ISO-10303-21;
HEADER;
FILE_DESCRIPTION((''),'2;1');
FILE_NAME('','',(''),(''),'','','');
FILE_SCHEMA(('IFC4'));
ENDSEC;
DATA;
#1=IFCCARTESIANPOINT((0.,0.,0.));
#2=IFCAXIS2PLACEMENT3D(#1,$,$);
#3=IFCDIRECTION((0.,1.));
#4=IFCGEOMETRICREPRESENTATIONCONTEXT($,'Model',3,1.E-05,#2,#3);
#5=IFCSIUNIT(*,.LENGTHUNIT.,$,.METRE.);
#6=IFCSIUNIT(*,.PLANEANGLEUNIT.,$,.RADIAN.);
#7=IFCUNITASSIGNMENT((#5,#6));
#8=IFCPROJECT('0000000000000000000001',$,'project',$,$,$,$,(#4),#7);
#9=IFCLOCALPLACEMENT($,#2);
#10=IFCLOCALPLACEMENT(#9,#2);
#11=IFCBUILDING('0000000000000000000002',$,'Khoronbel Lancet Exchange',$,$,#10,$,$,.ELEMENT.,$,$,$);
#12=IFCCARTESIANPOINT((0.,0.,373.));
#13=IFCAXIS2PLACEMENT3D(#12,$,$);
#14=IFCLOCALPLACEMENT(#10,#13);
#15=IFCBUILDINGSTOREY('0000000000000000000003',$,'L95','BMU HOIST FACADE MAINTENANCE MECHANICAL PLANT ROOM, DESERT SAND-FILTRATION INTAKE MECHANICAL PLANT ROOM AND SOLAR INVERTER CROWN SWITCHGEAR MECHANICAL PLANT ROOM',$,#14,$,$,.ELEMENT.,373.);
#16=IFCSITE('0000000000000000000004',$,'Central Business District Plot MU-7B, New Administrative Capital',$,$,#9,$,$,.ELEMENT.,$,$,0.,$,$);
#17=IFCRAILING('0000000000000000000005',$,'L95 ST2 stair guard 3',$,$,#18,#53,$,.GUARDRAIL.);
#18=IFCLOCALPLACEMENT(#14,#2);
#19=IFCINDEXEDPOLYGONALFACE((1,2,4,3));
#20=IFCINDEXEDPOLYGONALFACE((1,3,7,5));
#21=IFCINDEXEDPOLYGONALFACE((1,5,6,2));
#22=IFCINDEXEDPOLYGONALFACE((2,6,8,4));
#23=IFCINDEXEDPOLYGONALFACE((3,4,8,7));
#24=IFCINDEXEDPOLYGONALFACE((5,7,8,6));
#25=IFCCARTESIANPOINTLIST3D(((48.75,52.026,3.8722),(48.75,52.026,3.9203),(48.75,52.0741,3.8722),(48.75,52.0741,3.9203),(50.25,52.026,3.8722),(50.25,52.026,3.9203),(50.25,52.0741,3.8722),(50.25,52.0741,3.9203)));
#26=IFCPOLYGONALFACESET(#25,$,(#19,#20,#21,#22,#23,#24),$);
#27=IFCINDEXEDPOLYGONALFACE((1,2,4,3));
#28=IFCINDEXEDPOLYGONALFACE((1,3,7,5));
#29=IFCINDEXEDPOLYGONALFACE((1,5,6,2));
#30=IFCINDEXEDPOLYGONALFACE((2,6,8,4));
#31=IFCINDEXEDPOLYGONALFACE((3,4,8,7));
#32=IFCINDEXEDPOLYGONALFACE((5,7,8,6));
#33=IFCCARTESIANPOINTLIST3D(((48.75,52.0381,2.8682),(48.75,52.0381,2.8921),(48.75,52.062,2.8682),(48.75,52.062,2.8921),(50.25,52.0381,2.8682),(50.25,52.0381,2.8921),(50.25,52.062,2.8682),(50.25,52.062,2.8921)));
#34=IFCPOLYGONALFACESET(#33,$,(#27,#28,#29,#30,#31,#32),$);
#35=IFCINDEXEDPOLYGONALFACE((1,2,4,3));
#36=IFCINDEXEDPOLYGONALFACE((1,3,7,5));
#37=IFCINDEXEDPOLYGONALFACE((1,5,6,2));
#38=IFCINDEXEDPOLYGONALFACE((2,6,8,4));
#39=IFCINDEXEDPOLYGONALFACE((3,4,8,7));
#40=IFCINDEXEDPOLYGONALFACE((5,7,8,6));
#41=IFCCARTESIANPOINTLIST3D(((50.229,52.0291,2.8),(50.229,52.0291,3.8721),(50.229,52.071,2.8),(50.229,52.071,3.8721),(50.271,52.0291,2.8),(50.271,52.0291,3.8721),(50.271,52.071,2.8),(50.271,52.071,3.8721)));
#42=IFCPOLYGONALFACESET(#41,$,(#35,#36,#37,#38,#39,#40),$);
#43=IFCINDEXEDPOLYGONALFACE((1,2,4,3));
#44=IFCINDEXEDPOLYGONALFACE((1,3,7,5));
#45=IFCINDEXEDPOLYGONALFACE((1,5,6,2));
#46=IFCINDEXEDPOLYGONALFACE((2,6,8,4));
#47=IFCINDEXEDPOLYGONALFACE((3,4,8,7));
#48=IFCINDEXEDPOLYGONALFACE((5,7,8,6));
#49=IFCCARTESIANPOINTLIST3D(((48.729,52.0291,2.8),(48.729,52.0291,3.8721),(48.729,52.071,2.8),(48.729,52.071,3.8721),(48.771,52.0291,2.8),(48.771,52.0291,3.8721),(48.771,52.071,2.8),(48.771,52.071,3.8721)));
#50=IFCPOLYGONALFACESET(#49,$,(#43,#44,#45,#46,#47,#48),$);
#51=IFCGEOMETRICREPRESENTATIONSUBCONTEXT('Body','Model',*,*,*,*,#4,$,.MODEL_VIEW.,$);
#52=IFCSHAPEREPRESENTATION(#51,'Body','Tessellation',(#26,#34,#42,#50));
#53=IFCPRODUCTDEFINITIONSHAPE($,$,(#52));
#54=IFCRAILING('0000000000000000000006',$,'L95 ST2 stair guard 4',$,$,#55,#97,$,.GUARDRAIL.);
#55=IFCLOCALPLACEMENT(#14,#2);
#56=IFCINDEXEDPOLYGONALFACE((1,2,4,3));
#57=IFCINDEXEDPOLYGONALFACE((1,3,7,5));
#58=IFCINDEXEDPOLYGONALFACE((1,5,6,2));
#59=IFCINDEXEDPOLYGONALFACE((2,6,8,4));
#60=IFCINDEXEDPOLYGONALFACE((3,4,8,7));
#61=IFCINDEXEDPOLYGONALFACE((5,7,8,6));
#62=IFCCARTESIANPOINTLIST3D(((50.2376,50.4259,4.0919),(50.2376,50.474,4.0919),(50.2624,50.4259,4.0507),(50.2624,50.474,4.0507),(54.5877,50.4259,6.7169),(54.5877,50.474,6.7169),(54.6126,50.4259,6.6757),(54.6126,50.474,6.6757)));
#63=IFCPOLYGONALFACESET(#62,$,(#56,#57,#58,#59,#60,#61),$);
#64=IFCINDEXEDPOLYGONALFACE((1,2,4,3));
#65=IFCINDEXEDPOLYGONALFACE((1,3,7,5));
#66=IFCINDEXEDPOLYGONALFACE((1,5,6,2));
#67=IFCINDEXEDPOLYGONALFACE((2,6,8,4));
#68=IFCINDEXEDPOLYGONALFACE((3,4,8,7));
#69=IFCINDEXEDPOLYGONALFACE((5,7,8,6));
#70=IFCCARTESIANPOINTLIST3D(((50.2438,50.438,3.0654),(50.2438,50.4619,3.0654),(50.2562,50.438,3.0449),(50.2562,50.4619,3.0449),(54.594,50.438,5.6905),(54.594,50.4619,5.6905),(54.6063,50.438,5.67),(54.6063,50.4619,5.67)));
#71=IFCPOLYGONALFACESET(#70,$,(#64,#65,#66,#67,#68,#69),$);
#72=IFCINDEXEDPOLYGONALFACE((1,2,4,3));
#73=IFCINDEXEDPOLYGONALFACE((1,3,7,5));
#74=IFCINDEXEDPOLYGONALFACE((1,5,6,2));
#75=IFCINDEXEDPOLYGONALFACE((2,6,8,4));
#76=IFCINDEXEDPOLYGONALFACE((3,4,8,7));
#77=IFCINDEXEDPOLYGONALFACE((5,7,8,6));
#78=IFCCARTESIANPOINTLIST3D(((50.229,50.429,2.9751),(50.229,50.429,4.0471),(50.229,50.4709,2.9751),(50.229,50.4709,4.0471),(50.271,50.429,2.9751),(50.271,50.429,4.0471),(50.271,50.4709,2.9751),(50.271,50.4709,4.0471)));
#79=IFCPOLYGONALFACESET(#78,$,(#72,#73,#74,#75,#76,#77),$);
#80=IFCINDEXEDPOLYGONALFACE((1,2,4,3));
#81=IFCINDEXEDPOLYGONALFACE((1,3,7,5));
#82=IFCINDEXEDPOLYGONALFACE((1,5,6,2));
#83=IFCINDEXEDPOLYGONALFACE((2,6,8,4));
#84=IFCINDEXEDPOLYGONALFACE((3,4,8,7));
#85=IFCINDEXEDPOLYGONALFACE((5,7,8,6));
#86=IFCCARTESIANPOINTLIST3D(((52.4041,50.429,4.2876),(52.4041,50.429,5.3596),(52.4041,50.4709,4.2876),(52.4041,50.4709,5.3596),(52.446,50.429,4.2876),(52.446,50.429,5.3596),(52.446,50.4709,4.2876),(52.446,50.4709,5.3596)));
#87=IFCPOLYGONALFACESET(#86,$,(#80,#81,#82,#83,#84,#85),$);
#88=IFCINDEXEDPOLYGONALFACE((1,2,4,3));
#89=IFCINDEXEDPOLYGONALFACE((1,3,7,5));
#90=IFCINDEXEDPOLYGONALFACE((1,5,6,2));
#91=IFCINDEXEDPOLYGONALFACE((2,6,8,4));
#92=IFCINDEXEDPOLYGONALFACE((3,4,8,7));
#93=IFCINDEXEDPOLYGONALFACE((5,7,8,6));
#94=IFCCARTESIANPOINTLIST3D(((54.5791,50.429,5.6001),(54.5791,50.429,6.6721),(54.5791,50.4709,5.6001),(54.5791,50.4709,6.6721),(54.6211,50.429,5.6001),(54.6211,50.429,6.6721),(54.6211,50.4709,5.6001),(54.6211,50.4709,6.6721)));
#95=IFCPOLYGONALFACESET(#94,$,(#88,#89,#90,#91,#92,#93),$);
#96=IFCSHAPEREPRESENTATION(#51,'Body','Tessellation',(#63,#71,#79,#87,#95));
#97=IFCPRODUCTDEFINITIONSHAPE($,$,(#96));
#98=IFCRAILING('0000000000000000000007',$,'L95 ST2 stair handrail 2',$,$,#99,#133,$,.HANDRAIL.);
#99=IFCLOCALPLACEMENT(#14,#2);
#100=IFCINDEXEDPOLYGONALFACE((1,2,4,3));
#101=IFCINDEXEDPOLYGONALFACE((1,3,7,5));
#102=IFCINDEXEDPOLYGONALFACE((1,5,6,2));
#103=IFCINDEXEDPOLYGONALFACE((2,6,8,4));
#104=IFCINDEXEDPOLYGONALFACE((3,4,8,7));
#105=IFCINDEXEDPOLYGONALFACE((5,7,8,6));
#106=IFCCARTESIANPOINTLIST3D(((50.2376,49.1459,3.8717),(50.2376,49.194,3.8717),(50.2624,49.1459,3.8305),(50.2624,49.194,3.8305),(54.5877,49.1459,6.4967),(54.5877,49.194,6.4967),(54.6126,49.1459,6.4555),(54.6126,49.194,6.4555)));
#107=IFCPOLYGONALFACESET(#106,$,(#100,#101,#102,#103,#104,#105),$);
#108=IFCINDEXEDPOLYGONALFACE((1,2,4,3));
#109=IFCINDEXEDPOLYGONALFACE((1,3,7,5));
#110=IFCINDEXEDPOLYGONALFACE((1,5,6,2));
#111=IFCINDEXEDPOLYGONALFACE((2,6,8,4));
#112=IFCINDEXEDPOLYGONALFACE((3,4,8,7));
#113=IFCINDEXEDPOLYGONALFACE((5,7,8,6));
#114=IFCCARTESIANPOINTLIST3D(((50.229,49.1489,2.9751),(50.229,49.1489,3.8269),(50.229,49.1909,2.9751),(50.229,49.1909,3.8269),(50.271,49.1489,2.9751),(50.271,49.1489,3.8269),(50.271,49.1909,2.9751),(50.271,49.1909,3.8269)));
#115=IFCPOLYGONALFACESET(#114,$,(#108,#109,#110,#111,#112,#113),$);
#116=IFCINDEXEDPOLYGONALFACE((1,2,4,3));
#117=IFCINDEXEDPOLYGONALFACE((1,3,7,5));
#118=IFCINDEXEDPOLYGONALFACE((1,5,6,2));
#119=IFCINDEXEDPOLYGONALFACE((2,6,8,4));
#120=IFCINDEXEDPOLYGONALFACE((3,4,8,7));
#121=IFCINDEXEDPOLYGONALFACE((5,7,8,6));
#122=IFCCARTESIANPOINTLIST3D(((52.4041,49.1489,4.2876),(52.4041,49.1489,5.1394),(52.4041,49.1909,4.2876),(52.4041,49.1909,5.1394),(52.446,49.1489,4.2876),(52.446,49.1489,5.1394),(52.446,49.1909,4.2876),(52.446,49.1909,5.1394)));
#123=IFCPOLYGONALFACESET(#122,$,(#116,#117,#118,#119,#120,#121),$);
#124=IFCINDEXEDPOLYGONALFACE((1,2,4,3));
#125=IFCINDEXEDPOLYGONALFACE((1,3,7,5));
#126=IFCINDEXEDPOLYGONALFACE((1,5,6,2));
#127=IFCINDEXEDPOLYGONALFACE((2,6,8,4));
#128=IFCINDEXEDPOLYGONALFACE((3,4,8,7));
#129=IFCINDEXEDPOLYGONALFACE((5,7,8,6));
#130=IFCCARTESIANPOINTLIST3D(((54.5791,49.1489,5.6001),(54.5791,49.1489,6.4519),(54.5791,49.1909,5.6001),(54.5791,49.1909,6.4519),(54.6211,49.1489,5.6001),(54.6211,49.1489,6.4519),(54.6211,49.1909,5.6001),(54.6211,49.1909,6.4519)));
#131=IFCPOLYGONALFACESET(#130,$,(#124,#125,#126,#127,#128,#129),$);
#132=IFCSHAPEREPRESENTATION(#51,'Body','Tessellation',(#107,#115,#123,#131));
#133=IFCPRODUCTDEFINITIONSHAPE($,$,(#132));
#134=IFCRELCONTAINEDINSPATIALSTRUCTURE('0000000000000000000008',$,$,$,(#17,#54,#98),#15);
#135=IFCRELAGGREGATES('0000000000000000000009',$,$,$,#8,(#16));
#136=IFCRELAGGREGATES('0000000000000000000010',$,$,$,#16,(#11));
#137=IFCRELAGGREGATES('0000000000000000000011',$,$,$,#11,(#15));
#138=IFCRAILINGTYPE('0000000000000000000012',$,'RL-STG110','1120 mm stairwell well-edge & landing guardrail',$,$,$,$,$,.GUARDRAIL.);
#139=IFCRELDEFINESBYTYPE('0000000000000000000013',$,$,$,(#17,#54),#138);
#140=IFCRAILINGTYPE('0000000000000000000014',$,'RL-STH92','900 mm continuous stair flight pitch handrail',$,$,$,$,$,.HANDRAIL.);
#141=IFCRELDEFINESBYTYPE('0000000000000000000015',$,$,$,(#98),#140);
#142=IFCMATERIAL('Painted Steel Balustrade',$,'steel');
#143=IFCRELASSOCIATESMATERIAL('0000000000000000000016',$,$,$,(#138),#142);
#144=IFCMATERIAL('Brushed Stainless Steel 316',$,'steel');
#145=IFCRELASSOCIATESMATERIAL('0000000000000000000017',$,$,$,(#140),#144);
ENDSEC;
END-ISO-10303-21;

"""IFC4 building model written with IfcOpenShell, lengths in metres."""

from ifc_helpers import new_model, si_unit, direction, frame, origin, origin_2d, place, context, subcontext, project, spatial, rectangle, extrude, material, type_object, element, save


model = new_model("IFC4")

# Units and contexts
model_context = context("Model", 3, precision=1e-05, world=origin(), true_north=direction((0.0, 1.0)))
body_context = subcontext(model_context, "Body", "Model", "MODEL_VIEW")
ifc_project = project(units=[si_unit("LENGTHUNIT", "METRE"), si_unit("PLANEANGLEUNIT", "RADIAN")], contexts=[model_context])

# Site, building, storey
site_placement = place(None, origin())
site = spatial("IfcSite", under=ifc_project, at=site_placement, Name="Central Business District Plot MU-7B, New Administrative Capital", CompositionType="ELEMENT", RefElevation=0.0)
building_placement = place(site_placement, origin())
building = spatial("IfcBuilding", under=site, at=building_placement, Name="Khoronbel Lancet Exchange", CompositionType="ELEMENT")
storey_placement = place(building_placement, frame((0.0, 0.0, 373.0)))
storey = spatial("IfcBuildingStorey", under=building, at=storey_placement, Name="L95", Description="BMU HOIST FACADE MAINTENANCE MECHANICAL PLANT ROOM, DESERT SAND-FILTRATION INTAKE MECHANICAL PLANT ROOM AND SOLAR INVERTER CROWN SWITCHGEAR MECHANICAL PLANT ROOM", CompositionType="ELEMENT", Elevation=373.0)

# Railings
ifc_material_1 = material(Name="Painted Steel Balustrade", Category="steel")
railing_type_1 = type_object("IfcRailingType", Name="RL-STG110", Description="1120 mm stairwell well-edge & landing guardrail", PredefinedType="GUARDRAIL", material=ifc_material_1)
railing_1_placement = place(storey_placement, frame((50.25, 52.05, 2.8)))
element("IfcRailing", 1, at=railing_1_placement, inside=storey, type_object=railing_type_1, Name="L95 ST2 stair guard 3", PredefinedType="GUARDRAIL", context=body_context, shape_type="SweptSolid", body=[
    extrude(rectangle(XDim=0.0481, YDim=0.0481, at=origin_2d()), frame((0.0, 0.0, 1.0962), z_axis=(-1.0, 0.0, 0.0), x_axis=(0.0, -1.0, 0.0)), (0.0, 0.0, 1.0), 1.5),
    extrude(rectangle(XDim=0.0239, YDim=0.0239, at=origin_2d()), frame((0.0, 0.0, 0.0801), z_axis=(-1.0, 0.0, 0.0), x_axis=(0.0, -1.0, 0.0)), (0.0, 0.0, 1.0), 1.5),
    extrude(rectangle(XDim=0.042, YDim=0.042, at=origin_2d()), origin(), (0.0, 0.0, 1.0), 1.072),
    extrude(rectangle(XDim=0.042, YDim=0.042, at=origin_2d()), frame((-1.5, 0.0, 0.0)), (0.0, 0.0, 1.0), 1.072),
])
railing_2_placement = place(storey_placement, frame((50.25, 50.45, 2.9751)))
element("IfcRailing", 2, at=railing_2_placement, inside=storey, type_object=railing_type_1, Name="L95 ST2 stair guard 4", PredefinedType="GUARDRAIL", context=body_context, shape_type="SweptSolid", body=[
    extrude(rectangle(XDim=0.0481, YDim=0.0481, at=origin_2d()), frame((0.0, 0.0, 1.0962), z_axis=(0.856193, 0.0, 0.516656), x_axis=(0.0, 1.0, 0.0)), (0.0, 0.0, 1.0), 5.0808),
    extrude(rectangle(XDim=0.0239, YDim=0.0239, at=origin_2d()), frame((0.0, 0.0, 0.0801), z_axis=(0.856193, 0.0, 0.516656), x_axis=(0.0, 1.0, 0.0)), (0.0, 0.0, 1.0), 5.0808),
    extrude(rectangle(XDim=0.042, YDim=0.042, at=origin_2d()), origin(), (0.0, 0.0, 1.0), 1.072),
    extrude(rectangle(XDim=0.042, YDim=0.042, at=origin_2d()), frame((2.175, 0.0, 1.3125)), (0.0, 0.0, 1.0), 1.072),
    extrude(rectangle(XDim=0.042, YDim=0.042, at=origin_2d()), frame((4.3501, 0.0, 2.625)), (0.0, 0.0, 1.0), 1.072),
])
ifc_material_2 = material(Name="Brushed Stainless Steel 316", Category="steel")
railing_type_2 = type_object("IfcRailingType", Name="RL-STH92", Description="900 mm continuous stair flight pitch handrail", PredefinedType="HANDRAIL", material=ifc_material_2)
railing_3_placement = place(storey_placement, frame((50.25, 49.1699, 2.9751)))
element("IfcRailing", 3, at=railing_3_placement, inside=storey, type_object=railing_type_2, Name="L95 ST2 stair handrail 2", PredefinedType="HANDRAIL", context=body_context, shape_type="SweptSolid", body=[
    extrude(rectangle(XDim=0.0481, YDim=0.0481, at=origin_2d()), frame((0.0, 0.0, 0.876), z_axis=(0.856193, 0.0, 0.516656), x_axis=(0.0, 1.0, 0.0)), (0.0, 0.0, 1.0), 5.0808),
    extrude(rectangle(XDim=0.042, YDim=0.042, at=origin_2d()), origin(), (0.0, 0.0, 1.0), 0.8518),
    extrude(rectangle(XDim=0.042, YDim=0.042, at=origin_2d()), frame((2.175, 0.0, 1.3125)), (0.0, 0.0, 1.0), 0.8518),
    extrude(rectangle(XDim=0.042, YDim=0.042, at=origin_2d()), frame((4.3501, 0.0, 2.625)), (0.0, 0.0, 1.0), 0.8518),
])

save(model, "model.ifc")
